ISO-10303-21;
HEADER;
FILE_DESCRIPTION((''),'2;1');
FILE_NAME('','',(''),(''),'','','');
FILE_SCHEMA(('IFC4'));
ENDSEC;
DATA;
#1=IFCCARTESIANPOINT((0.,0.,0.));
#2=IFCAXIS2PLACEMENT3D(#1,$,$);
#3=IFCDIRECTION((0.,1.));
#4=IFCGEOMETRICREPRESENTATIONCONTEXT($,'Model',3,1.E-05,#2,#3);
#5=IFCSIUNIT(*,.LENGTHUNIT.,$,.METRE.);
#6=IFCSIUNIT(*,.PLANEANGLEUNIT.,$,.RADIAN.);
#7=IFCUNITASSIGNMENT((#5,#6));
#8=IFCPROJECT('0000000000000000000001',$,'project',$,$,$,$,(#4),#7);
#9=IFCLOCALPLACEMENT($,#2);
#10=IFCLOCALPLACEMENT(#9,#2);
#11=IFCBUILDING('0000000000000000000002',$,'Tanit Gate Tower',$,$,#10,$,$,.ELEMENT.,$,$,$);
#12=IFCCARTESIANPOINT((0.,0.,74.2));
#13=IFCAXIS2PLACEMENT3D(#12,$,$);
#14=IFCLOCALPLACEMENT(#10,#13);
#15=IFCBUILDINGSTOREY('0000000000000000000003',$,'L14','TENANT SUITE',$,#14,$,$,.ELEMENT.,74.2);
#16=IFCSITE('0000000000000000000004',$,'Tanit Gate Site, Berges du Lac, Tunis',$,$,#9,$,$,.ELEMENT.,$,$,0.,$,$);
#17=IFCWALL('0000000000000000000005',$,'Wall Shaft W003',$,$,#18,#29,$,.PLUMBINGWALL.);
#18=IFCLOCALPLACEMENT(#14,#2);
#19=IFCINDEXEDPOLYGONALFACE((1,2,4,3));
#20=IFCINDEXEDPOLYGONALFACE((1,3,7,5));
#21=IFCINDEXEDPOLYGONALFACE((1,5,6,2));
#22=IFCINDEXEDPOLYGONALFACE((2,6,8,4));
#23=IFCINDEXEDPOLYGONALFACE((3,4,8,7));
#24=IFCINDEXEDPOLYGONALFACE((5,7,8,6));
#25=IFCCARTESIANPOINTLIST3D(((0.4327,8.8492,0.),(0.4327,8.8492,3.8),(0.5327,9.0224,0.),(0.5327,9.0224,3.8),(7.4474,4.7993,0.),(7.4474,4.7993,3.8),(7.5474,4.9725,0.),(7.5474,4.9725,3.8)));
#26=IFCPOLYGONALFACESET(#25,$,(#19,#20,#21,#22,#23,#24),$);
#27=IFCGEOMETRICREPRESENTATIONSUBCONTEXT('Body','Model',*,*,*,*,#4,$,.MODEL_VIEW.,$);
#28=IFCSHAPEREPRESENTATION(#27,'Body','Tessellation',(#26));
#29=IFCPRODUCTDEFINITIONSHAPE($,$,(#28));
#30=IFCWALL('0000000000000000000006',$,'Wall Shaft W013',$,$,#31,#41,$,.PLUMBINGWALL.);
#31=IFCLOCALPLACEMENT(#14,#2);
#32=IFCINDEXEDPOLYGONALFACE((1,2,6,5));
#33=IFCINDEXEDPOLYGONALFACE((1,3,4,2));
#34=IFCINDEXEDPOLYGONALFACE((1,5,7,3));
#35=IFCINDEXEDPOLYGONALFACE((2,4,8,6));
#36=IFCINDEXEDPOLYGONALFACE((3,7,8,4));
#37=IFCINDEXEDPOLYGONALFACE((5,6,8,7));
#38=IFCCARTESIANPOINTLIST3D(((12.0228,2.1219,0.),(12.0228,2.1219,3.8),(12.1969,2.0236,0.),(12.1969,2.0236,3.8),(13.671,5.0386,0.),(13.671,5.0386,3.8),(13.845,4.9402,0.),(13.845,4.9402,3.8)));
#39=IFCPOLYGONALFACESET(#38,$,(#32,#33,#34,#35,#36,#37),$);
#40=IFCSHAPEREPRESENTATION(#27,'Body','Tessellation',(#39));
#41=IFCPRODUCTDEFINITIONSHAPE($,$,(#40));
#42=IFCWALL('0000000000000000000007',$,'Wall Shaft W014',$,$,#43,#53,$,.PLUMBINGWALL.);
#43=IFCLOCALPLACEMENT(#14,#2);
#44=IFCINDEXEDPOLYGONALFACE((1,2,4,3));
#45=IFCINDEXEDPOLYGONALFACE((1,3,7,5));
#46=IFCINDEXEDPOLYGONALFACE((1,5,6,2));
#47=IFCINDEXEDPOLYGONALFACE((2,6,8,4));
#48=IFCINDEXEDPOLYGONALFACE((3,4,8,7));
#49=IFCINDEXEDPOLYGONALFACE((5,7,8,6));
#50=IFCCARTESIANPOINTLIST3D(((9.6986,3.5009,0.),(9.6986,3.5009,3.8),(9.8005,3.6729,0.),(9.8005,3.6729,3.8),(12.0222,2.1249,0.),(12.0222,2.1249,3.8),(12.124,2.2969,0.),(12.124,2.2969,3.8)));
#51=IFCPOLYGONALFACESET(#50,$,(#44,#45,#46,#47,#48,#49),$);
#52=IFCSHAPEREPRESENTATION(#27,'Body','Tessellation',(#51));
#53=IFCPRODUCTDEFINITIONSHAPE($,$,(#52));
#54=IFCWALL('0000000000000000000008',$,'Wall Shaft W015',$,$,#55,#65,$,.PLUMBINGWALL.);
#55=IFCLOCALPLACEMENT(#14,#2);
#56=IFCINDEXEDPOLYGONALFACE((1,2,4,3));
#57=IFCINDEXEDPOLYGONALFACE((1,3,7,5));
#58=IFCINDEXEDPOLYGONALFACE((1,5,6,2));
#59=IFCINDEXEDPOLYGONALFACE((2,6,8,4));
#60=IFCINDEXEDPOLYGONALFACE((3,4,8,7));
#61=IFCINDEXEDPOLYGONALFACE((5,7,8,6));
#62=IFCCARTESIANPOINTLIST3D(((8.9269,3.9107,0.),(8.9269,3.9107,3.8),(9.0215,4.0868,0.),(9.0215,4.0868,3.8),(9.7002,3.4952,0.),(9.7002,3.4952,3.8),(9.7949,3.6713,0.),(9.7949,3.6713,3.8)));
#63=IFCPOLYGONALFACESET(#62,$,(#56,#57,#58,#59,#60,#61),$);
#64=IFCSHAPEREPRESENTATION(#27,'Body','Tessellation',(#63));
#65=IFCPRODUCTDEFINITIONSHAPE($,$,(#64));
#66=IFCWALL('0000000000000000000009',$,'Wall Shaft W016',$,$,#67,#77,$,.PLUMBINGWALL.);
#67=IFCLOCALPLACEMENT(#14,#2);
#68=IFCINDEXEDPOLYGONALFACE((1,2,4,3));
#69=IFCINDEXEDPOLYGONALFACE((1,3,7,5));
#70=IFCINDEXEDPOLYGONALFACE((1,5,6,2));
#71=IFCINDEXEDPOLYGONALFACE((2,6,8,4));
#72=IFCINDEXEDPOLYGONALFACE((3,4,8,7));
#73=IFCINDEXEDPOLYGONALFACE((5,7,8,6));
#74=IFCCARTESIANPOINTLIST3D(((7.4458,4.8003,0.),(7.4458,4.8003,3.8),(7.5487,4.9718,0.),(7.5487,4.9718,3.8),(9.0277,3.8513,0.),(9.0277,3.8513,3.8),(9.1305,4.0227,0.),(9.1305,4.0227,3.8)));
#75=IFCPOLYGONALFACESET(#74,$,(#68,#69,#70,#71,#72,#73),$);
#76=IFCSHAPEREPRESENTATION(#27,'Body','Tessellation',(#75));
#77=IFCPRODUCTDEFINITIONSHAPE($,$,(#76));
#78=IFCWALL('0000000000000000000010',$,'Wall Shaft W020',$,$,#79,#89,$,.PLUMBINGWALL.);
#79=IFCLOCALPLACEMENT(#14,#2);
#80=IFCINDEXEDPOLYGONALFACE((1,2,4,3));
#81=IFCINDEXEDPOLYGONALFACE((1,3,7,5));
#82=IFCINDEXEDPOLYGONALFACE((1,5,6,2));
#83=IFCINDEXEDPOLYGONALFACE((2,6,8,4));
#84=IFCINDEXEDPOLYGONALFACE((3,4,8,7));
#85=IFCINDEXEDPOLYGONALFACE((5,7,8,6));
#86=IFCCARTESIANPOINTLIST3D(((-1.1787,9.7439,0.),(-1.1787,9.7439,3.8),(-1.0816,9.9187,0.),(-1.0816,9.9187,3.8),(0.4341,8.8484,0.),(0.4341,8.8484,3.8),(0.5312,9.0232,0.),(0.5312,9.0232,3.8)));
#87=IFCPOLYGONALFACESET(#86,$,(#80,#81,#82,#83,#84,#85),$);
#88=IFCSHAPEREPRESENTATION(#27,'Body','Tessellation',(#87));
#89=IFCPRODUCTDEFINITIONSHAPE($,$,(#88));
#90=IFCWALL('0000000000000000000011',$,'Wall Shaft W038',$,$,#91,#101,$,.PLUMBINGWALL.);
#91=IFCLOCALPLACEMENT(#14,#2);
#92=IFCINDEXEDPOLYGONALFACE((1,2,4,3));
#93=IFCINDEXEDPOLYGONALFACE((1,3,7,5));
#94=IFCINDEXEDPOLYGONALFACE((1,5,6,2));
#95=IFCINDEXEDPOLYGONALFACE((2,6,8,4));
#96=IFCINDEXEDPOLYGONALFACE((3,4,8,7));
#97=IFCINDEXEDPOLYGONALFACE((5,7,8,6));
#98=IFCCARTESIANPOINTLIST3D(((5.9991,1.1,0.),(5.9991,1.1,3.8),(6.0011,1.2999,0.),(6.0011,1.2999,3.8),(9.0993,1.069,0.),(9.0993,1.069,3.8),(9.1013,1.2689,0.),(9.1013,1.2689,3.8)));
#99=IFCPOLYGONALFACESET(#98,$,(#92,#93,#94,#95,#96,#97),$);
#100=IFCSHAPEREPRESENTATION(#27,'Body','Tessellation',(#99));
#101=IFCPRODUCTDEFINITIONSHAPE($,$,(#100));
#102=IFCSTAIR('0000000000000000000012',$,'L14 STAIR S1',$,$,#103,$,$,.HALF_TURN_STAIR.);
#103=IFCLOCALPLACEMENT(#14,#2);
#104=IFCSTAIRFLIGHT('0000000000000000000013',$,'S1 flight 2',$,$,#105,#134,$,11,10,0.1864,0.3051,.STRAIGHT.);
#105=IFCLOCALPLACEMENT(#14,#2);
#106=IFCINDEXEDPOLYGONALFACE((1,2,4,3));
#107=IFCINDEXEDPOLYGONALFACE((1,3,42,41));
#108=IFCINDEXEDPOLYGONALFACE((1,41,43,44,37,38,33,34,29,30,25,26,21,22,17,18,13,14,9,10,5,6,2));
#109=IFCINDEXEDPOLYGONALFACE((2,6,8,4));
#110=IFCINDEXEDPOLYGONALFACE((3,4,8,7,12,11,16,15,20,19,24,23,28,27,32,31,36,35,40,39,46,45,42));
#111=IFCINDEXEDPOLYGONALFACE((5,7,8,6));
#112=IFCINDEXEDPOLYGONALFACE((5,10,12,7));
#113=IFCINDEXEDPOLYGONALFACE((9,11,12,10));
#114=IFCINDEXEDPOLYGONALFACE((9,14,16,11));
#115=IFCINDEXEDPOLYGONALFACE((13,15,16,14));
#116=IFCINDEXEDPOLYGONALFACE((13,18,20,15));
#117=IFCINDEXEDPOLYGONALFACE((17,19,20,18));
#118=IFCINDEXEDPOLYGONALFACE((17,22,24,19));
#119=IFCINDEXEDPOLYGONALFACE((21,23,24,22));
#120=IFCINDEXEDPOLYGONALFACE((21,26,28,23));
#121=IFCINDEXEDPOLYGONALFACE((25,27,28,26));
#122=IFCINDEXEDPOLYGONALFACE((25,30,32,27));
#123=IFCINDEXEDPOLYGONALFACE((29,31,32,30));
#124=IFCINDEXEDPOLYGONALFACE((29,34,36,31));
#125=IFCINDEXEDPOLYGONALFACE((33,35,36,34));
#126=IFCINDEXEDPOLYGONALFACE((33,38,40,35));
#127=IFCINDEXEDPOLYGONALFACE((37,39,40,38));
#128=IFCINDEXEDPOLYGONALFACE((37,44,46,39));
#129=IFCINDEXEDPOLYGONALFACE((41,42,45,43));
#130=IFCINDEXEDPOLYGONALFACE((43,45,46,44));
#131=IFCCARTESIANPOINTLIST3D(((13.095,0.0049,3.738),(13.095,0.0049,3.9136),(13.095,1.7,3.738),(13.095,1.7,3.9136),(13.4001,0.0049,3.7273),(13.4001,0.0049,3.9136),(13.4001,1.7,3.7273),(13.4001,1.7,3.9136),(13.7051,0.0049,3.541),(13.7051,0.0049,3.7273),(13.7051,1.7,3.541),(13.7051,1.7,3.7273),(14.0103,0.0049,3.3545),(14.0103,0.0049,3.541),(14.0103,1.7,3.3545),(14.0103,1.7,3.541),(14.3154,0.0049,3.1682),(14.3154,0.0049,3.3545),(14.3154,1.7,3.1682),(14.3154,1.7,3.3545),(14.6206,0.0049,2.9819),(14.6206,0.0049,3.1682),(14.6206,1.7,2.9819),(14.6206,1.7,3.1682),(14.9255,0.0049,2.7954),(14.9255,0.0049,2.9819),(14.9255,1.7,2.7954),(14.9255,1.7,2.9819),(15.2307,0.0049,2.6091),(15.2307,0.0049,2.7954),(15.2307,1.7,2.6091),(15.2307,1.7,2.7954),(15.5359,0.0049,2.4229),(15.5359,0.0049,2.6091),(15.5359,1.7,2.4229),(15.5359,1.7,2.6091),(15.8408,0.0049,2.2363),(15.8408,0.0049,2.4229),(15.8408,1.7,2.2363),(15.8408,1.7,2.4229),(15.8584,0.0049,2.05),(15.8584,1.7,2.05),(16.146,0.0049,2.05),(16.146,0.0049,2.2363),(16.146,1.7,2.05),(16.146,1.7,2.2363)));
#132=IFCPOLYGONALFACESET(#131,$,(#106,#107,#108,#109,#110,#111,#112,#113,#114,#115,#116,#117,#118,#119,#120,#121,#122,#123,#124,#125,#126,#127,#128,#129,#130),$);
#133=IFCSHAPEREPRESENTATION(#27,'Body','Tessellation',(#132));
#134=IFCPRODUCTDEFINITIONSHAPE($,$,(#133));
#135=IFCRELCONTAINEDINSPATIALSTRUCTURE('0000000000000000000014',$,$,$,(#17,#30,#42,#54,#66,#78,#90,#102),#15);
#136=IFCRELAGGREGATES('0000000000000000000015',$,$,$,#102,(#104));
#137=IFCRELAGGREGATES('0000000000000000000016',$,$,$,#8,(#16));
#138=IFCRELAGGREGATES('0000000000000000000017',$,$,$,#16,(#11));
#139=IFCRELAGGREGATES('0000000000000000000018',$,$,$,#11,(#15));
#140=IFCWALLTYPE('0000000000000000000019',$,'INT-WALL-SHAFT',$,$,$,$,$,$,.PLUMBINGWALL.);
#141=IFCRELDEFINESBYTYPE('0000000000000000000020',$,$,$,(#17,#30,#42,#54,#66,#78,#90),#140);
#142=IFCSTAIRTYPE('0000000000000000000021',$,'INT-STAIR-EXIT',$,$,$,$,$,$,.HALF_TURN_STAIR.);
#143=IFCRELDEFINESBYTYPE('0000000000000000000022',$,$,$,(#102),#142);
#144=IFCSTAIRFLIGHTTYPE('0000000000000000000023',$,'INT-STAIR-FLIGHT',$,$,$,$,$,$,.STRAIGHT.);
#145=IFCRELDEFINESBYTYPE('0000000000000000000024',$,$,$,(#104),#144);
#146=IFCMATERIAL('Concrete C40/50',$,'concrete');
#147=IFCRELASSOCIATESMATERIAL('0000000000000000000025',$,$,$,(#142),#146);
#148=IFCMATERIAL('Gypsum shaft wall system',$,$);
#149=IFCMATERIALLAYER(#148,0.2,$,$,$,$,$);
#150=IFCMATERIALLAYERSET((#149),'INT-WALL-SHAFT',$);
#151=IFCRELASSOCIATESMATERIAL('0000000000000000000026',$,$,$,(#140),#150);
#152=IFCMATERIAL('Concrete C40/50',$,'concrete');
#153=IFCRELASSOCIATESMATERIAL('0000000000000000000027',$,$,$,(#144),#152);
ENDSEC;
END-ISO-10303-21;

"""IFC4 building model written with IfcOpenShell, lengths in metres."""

from ifc_helpers import new_model, si_unit, direction, frame, frame_2d, origin, place, context, subcontext, project, spatial, polyline, rectangle, outline, extrude, material, layer, layer_set, type_object, element, aggregate, save


model = new_model("IFC4")

# Units and contexts
model_context = context("Model", 3, precision=1e-05, world=origin(), true_north=direction((0.0, 1.0)))
body_context = subcontext(model_context, "Body", "Model", "MODEL_VIEW")
ifc_project = project(units=[si_unit("LENGTHUNIT", "METRE"), si_unit("PLANEANGLEUNIT", "RADIAN")], contexts=[model_context])

# Site, building, storey
site_placement = place(None, origin())
site = spatial("IfcSite", under=ifc_project, at=site_placement, Name="Tanit Gate Site, Berges du Lac, Tunis", CompositionType="ELEMENT", RefElevation=0.0)
building_placement = place(site_placement, origin())
building = spatial("IfcBuilding", under=site, at=building_placement, Name="Tanit Gate Tower", CompositionType="ELEMENT")
storey_placement = place(building_placement, frame((0.0, 0.0, 74.2)))
storey = spatial("IfcBuildingStorey", under=building, at=storey_placement, Name="L14", Description="TENANT SUITE", CompositionType="ELEMENT", Elevation=74.2)

# Shared definitions
ifc_material_1 = material(Name="Concrete C40/50", Category="concrete")
stair_type = type_object("IfcStairType", Name="INT-STAIR-EXIT", PredefinedType="HALF_TURN_STAIR", material=ifc_material_1)

# Walls
ifc_material_2 = material(Name="Gypsum shaft wall system")
ifc_layer_1 = layer(ifc_material_2, 0.2)
ifc_layer_set_1 = layer_set([ifc_layer_1], Name="INT-WALL-SHAFT")
wall_type_1 = type_object("IfcWallType", Name="INT-WALL-SHAFT", PredefinedType="PLUMBINGWALL", material=ifc_layer_set_1)
wall_1_placement = place(storey_placement, frame((7.4973, 4.886, 0.0), z_axis=(0.0, 0.0, 1.0), x_axis=(-0.866031, 0.49999, 0.0)))
element("IfcWall", 1, at=wall_1_placement, inside=storey, type_object=wall_type_1, Name="Wall Shaft W003", PredefinedType="PLUMBINGWALL", context=body_context, shape_type="SweptSolid", body=[
    extrude(rectangle(XDim=8.0999, YDim=0.2, at=frame_2d((4.0498, 0.0))), origin(), (0.0, 0.0, 1.0), 3.8),
])
wall_2_placement = place(storey_placement, frame((12.1099, 2.0728, 0.0), z_axis=(0.0, 0.0, 1.0), x_axis=(0.491966, 0.870614, 0.0)))
element("IfcWall", 2, at=wall_2_placement, inside=storey, type_object=wall_type_1, Name="Wall Shaft W013", PredefinedType="PLUMBINGWALL", context=body_context, shape_type="SweptSolid", body=[
    extrude(rectangle(XDim=3.3501, YDim=0.2, at=frame_2d((1.675, 0.0))), origin(), (0.0, 0.0, 1.0), 3.8),
])
wall_3_placement = place(storey_placement, frame((12.073, 2.2109, 0.0), z_axis=(0.0, 0.0, 1.0), x_axis=(-0.860438, 0.509555, 0.0)))
element("IfcWall", 3, at=wall_3_placement, inside=storey, type_object=wall_type_1, Name="Wall Shaft W014", PredefinedType="PLUMBINGWALL", context=body_context, shape_type="SweptSolid", body=[
    extrude(rectangle(XDim=2.7004, YDim=0.2, at=frame_2d((1.3501, 0.0))), origin(), (0.0, 0.0, 1.0), 3.8),
])
wall_4_placement = place(storey_placement, frame((9.7476, 3.5833, 0.0), z_axis=(0.0, 0.0, 1.0), x_axis=(-0.880917, 0.473271, 0.0)))
element("IfcWall", 4, at=wall_4_placement, inside=storey, type_object=wall_type_1, Name="Wall Shaft W015", PredefinedType="PLUMBINGWALL", context=body_context, shape_type="SweptSolid", body=[
    extrude(rectangle(XDim=0.8779, YDim=0.2, at=frame_2d((0.439, 0.0))), origin(), (0.0, 0.0, 1.0), 3.8),
])
for number, where, z_axis, x_axis, name in (
    (5, (9.0791, 3.937, 0.0), (0.0, 0.0, 1.0), (-0.857516, 0.514457, 0.0), "Wall Shaft W016"),
    (6, (0.4827, 8.9358, 0.0), (0.0, 0.0, 1.0), (-0.87427, 0.485441, 0.0), "Wall Shaft W020"),
):
    element("IfcWall", number, at=place(storey_placement, frame(where, z_axis=z_axis, x_axis=x_axis)), inside=storey, type_object=wall_type_1, Name=name, PredefinedType="PLUMBINGWALL", context=body_context, shape_type="SweptSolid", body=[
        extrude(rectangle(XDim=1.8447, YDim=0.2, at=frame_2d((0.9224, 0.0))), origin(), (0.0, 0.0, 1.0), 3.8),
    ])

# Wall
wall_5_placement = place(storey_placement, frame((6.0, 1.2, 0.0), z_axis=(0.0, 0.0, 1.0), x_axis=(0.99995, -0.010001, 0.0)))
element("IfcWall", 7, at=wall_5_placement, inside=storey, type_object=wall_type_1, Name="Wall Shaft W038", PredefinedType="PLUMBINGWALL", context=body_context, shape_type="SweptSolid", body=[
    extrude(rectangle(XDim=3.1003, YDim=0.2, at=frame_2d((1.5503, 0.0))), origin(), (0.0, 0.0, 1.0), 3.8),
])

# Stair, stair flight
stair_1_placement = place(storey_placement, origin())
stair_1 = element("IfcStair", 8, at=stair_1_placement, inside=storey, type_object=stair_type, Name="L14 STAIR S1", PredefinedType="HALF_TURN_STAIR")
ifc_material_3 = material(Name="Concrete C40/50", Category="concrete")
stair_flight_type = type_object("IfcStairFlightType", Name="INT-STAIR-FLIGHT", PredefinedType="STRAIGHT", material=ifc_material_3)
stair_flight_placement = place(storey_placement, frame((16.146, 0.8525, 2.05), z_axis=(0.0, 0.0, 1.0), x_axis=(-1.0, 0.0, 0.0)))
stair_flight = element("IfcStairFlight", 9, at=stair_flight_placement, type_object=stair_flight_type, Name="S1 flight 2", NumberOfRisers=11, NumberOfTreads=10, PredefinedType="STRAIGHT", RiserHeight=0.1864, TreadLength=0.3051, context=body_context, shape_type="SweptSolid", body=[
    extrude(outline(polyline([(0.0, 0.0), (0.0, 0.1863), (0.3052, 0.1863), (0.3052, 0.3728), (0.6101, 0.3728), (0.6101, 0.5591), (0.9153, 0.5591), (0.9153, 0.7454), (1.2205, 0.7454), (1.2205, 0.9319), (1.5254, 0.9319), (1.5254, 1.1182), (1.8306, 1.1182), (1.8306, 1.3044), (2.1357, 1.3044), (2.1357, 1.491), (2.4409, 1.491), (2.4409, 1.6772), (2.7458, 1.6772), (2.7458, 1.8635), (3.051, 1.8635), (3.051, 2.05), (3.051, 1.688), (0.2876, 0.0), (0.0, 0.0)])), frame((0.0, 0.8477, 0.0), z_axis=(0.0, -1.0, 0.0), x_axis=(1.0, 0.0, 0.0)), (0.0, 0.0, 1.0), 1.6951),
])
aggregate(stair_1, [stair_flight])

save(model, "model.ifc")
